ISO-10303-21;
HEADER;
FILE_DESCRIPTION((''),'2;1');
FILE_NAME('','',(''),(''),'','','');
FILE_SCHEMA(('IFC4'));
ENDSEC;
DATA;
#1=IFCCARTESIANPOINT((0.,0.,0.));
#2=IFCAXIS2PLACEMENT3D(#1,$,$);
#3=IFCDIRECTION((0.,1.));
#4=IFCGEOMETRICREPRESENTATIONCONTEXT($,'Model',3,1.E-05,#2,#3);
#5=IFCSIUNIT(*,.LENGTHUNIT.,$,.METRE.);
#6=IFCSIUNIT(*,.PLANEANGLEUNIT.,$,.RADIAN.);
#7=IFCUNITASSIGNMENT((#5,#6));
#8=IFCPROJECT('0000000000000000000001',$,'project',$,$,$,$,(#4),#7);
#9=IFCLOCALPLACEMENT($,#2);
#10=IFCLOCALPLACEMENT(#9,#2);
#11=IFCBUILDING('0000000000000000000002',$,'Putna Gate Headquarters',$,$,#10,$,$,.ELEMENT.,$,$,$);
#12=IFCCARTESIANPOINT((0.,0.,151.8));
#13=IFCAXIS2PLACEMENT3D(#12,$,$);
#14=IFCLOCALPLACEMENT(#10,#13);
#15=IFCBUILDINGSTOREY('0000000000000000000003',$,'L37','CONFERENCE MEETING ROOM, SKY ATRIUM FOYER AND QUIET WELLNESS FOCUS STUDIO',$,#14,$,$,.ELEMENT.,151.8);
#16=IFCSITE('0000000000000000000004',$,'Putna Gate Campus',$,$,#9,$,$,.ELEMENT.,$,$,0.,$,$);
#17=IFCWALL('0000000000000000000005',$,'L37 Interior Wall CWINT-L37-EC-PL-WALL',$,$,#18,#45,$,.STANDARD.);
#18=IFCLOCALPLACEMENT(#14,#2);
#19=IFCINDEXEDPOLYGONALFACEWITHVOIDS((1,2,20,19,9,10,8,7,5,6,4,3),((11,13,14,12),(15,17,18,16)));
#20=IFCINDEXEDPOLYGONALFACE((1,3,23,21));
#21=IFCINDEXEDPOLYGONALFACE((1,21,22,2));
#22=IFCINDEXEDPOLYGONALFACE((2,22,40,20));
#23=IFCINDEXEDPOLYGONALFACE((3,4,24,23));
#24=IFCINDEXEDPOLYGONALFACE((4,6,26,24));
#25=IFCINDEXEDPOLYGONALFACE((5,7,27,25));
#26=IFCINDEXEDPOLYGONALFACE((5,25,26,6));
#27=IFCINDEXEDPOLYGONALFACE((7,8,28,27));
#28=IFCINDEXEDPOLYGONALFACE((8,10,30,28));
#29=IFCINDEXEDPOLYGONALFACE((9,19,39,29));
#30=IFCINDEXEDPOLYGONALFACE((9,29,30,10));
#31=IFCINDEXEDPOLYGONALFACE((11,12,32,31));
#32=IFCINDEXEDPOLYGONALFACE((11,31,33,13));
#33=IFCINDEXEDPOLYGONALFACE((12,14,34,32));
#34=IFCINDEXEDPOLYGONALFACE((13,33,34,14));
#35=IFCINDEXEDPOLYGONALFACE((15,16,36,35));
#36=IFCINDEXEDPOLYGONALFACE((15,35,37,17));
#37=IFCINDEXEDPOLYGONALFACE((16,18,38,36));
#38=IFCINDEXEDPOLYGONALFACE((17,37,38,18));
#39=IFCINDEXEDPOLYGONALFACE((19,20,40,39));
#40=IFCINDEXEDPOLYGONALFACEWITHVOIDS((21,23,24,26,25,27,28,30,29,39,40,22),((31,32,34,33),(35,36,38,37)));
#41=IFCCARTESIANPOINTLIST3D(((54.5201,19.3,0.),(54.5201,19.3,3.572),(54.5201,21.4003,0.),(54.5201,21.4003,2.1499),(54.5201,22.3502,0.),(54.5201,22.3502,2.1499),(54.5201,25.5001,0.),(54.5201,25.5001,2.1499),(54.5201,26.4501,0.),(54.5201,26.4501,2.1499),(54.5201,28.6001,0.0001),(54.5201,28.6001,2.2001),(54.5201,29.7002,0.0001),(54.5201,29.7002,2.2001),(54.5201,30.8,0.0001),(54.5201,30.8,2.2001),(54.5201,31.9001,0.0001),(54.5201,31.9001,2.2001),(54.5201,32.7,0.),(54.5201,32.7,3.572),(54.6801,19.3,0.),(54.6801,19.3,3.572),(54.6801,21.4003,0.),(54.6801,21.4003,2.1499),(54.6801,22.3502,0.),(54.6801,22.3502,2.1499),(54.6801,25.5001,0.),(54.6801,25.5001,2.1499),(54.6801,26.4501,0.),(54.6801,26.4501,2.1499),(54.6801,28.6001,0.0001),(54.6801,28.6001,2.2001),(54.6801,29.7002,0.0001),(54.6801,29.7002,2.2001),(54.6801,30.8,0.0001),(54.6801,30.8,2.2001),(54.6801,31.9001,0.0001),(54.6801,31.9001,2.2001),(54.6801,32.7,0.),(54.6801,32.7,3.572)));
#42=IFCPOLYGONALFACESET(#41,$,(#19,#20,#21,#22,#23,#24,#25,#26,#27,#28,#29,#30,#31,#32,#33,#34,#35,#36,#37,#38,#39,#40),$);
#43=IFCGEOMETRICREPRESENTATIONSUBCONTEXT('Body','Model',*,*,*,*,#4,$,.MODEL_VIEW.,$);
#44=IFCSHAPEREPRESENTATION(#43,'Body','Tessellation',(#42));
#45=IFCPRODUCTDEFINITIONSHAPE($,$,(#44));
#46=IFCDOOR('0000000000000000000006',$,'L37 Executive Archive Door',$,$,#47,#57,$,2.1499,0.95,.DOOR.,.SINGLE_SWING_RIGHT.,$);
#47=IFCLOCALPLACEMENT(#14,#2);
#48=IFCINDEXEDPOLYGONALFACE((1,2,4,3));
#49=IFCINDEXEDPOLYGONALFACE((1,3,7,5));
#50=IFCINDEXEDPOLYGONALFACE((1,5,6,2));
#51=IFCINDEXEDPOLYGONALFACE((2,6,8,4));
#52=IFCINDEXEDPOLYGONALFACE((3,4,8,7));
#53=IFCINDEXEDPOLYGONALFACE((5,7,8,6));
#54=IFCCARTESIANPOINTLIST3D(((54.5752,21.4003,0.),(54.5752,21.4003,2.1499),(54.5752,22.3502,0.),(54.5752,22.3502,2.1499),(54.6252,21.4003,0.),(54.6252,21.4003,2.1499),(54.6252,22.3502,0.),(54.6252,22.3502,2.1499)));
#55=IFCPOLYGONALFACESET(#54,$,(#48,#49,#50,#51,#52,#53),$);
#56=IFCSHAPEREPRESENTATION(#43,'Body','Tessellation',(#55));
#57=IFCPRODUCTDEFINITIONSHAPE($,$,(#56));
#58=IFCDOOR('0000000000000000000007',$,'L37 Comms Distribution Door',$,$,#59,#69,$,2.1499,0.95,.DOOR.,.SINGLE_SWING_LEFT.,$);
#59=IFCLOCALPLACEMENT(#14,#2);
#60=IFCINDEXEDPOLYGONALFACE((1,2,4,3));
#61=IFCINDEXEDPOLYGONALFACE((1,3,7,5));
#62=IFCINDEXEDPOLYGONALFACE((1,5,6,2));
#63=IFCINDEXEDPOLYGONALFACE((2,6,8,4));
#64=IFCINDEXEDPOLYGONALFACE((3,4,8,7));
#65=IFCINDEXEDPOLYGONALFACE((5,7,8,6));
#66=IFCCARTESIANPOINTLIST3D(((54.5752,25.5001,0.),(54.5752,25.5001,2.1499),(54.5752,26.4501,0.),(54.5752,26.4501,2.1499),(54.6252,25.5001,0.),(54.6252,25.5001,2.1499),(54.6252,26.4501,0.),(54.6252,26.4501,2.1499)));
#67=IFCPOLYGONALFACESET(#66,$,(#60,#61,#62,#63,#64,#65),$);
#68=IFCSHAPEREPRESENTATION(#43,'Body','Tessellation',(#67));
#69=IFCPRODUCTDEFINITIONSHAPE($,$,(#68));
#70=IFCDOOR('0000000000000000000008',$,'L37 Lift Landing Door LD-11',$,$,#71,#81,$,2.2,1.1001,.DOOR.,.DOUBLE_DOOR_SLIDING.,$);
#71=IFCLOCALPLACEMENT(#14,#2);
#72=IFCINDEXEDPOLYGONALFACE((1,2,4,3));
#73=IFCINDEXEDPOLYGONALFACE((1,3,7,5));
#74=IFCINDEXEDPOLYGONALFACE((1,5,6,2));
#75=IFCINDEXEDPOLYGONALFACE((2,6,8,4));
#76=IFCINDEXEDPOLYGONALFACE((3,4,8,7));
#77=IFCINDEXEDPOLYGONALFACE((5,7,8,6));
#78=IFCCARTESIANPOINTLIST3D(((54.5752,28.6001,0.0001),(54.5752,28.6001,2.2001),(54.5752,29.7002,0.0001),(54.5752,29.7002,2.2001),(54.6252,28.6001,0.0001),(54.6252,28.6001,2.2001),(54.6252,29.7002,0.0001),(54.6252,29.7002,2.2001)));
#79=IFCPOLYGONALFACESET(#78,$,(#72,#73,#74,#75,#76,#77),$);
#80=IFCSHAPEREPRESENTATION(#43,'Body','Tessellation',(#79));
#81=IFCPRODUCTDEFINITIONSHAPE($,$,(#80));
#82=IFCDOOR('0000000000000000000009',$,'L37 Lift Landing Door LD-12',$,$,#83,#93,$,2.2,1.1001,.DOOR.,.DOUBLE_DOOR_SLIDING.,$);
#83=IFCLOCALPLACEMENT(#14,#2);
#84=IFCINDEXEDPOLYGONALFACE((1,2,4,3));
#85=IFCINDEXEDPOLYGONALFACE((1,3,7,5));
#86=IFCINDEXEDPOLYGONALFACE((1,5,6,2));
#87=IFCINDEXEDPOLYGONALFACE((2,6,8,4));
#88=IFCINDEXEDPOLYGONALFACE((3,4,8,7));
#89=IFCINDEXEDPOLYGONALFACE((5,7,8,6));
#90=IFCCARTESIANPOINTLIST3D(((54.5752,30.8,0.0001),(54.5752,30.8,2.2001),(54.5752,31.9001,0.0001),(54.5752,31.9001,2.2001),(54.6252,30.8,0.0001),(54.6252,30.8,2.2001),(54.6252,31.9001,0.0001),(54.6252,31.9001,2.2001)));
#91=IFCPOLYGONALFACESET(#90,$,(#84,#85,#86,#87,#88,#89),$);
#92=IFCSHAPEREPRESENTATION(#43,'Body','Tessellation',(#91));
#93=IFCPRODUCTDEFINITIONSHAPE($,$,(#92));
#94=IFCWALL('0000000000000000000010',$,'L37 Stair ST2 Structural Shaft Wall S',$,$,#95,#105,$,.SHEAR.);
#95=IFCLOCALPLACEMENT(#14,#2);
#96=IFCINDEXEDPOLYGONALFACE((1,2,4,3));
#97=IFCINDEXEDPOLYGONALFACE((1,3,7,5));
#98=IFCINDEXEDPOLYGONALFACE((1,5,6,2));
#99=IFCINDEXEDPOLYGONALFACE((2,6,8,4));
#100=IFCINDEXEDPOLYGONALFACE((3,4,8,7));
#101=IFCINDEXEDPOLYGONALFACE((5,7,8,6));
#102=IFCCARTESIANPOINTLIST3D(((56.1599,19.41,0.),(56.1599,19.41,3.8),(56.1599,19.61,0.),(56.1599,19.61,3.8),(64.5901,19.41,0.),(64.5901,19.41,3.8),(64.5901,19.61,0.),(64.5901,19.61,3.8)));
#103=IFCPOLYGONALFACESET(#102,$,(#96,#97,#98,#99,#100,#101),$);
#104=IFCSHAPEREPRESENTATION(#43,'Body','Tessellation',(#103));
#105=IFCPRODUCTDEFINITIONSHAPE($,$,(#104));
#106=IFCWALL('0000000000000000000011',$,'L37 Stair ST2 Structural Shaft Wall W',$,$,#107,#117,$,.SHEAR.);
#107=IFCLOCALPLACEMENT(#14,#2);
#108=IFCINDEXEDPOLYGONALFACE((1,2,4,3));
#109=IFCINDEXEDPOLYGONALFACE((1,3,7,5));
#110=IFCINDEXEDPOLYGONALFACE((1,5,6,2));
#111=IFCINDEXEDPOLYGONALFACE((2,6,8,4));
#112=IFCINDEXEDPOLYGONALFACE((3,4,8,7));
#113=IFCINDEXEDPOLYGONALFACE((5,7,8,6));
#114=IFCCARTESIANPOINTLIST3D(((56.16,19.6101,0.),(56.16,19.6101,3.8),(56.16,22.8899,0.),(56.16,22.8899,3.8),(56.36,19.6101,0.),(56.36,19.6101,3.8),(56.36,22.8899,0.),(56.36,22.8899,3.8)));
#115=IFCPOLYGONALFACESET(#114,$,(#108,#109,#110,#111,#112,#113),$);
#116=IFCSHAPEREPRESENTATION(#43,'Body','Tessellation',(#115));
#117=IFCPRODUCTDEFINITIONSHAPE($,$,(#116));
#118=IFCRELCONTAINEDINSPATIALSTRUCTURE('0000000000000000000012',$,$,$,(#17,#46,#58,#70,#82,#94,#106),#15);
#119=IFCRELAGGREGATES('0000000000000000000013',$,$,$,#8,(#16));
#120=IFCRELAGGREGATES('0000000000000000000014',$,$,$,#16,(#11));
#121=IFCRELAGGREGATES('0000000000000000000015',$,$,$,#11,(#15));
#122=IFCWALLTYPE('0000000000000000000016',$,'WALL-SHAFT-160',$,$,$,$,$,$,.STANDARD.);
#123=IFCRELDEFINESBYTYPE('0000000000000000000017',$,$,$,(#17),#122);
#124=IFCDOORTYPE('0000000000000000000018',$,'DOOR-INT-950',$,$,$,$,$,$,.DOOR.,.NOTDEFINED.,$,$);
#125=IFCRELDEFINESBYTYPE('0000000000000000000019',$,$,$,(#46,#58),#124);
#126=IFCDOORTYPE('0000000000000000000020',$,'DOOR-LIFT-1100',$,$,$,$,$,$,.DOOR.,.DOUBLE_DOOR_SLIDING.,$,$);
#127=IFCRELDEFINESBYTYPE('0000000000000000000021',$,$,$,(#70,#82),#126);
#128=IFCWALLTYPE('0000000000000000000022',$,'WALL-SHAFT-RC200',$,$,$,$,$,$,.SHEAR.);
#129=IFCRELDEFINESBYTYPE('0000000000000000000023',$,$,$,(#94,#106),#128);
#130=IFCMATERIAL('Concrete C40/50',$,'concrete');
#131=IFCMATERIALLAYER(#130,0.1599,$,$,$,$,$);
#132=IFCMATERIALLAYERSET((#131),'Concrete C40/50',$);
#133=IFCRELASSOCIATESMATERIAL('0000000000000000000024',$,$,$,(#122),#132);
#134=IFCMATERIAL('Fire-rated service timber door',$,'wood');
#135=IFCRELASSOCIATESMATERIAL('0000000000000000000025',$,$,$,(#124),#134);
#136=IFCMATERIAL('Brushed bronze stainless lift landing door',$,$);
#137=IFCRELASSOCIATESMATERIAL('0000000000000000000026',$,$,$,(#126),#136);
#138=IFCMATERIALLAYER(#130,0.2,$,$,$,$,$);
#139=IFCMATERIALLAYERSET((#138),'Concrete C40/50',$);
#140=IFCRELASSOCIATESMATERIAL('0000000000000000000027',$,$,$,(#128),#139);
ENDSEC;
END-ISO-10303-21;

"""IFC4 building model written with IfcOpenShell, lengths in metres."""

from ifc_helpers import new_model, si_unit, direction, frame, frame_2d, origin, place, context, subcontext, project, spatial, rectangle, extrude, material, layer, layer_set, type_object, element, fill, save


model = new_model("IFC4")

# Units and contexts
model_context = context("Model", 3, precision=1e-05, world=origin(), true_north=direction((0.0, 1.0)))
body_context = subcontext(model_context, "Body", "Model", "MODEL_VIEW")
ifc_project = project(units=[si_unit("LENGTHUNIT", "METRE"), si_unit("PLANEANGLEUNIT", "RADIAN")], contexts=[model_context])

# Site, building, storey
site_placement = place(None, origin())
site = spatial("IfcSite", under=ifc_project, at=site_placement, Name="Putna Gate Campus", CompositionType="ELEMENT", RefElevation=0.0)
building_placement = place(site_placement, origin())
building = spatial("IfcBuilding", under=site, at=building_placement, Name="Putna Gate Headquarters", CompositionType="ELEMENT")
storey_placement = place(building_placement, frame((0.0, 0.0, 151.8)))
storey = spatial("IfcBuildingStorey", under=building, at=storey_placement, Name="L37", Description="CONFERENCE MEETING ROOM, SKY ATRIUM FOYER AND QUIET WELLNESS FOCUS STUDIO", CompositionType="ELEMENT", Elevation=151.8)

# Wall, openings, doors
ifc_material_1 = material(Name="Concrete C40/50", Category="concrete")
ifc_layer_1 = layer(ifc_material_1, 0.1599)
ifc_layer_set_1 = layer_set([ifc_layer_1], Name="Concrete C40/50")
wall_type_1 = type_object("IfcWallType", Name="WALL-SHAFT-160", PredefinedType="STANDARD", material=ifc_layer_set_1)
wall_1_placement = place(storey_placement, frame((54.6001, 19.3, 0.0), z_axis=(0.0, 0.0, 1.0), x_axis=(0.0, 1.0, 0.0)))
wall_1 = element("IfcWall", 1, at=wall_1_placement, inside=storey, type_object=wall_type_1, Name="L37 Interior Wall CWINT-L37-EC-PL-WALL", PredefinedType="STANDARD", context=body_context, shape_type="SweptSolid", body=[
    extrude(rectangle(XDim=13.3999, YDim=0.1599, at=frame_2d((6.7, 0.0))), origin(), (0.0, 0.0, 1.0), 3.572),
])
opening_1_placement = place(wall_1_placement, frame((2.1001, 0.0, 0.0)))
opening_1 = element("IfcOpeningElement", 2, at=opening_1_placement, cuts=wall_1, PredefinedType="OPENING", context=body_context, shape_type="SweptSolid", body=[
    extrude(rectangle(XDim=0.95, YDim=2.1499, at=frame_2d((0.4751, 1.075))), frame((0.0, 0.0898, 0.0), z_axis=(0.0, -1.0, 0.0), x_axis=(1.0, 0.0, 0.0)), (0.0, 0.0, 1.0), 0.1799),
])
opening_2_placement = place(wall_1_placement, frame((6.2, 0.0, 0.0)))
opening_2 = element("IfcOpeningElement", 3, at=opening_2_placement, cuts=wall_1, PredefinedType="OPENING", context=body_context, shape_type="SweptSolid", body=[
    extrude(rectangle(XDim=0.95, YDim=2.1499, at=frame_2d((0.4751, 1.075))), frame((0.0, 0.0898, 0.0), z_axis=(0.0, -1.0, 0.0), x_axis=(1.0, 0.0, 0.0)), (0.0, 0.0, 1.0), 0.1799),
])
opening_3_placement = place(wall_1_placement, frame((9.3, 0.0, 0.0)))
opening_3 = element("IfcOpeningElement", 4, at=opening_3_placement, cuts=wall_1, PredefinedType="OPENING", context=body_context, shape_type="SweptSolid", body=[
    extrude(rectangle(XDim=1.1001, YDim=2.2, at=frame_2d((0.55, 1.1001))), frame((0.0, 0.0898, 0.0), z_axis=(0.0, -1.0, 0.0), x_axis=(1.0, 0.0, 0.0)), (0.0, 0.0, 1.0), 0.1799),
])
opening_4_placement = place(wall_1_placement, frame((11.5, 0.0, 0.0)))
opening_4 = element("IfcOpeningElement", 5, at=opening_4_placement, cuts=wall_1, PredefinedType="OPENING", context=body_context, shape_type="SweptSolid", body=[
    extrude(rectangle(XDim=1.1001, YDim=2.2, at=frame_2d((0.55, 1.1001))), frame((0.0, 0.0898, 0.0), z_axis=(0.0, -1.0, 0.0), x_axis=(1.0, 0.0, 0.0)), (0.0, 0.0, 1.0), 0.1799),
])
ifc_material_2 = material(Name="Fire-rated service timber door", Category="wood")
door_type_1 = type_object("IfcDoorType", Name="DOOR-INT-950", OperationType="NOTDEFINED", PredefinedType="DOOR", material=ifc_material_2)
door_1_placement = place(opening_1_placement, origin())
door_1 = element("IfcDoor", 6, at=door_1_placement, inside=storey, type_object=door_type_1, Name="L37 Executive Archive Door", OperationType="SINGLE_SWING_RIGHT", OverallHeight=2.1499, OverallWidth=0.95, PredefinedType="DOOR", context=body_context, shape_type="SweptSolid", body=[
    extrude(rectangle(XDim=0.95, YDim=2.1499, at=frame_2d((0.4751, 1.075))), frame((0.0, 0.0249, 0.0), z_axis=(0.0, -1.0, 0.0), x_axis=(1.0, 0.0, 0.0)), (0.0, 0.0, 1.0), 0.05),
])
fill(opening_1, door_1)
door_2_placement = place(opening_2_placement, origin())
door_2 = element("IfcDoor", 7, at=door_2_placement, inside=storey, type_object=door_type_1, Name="L37 Comms Distribution Door", OperationType="SINGLE_SWING_LEFT", OverallHeight=2.1499, OverallWidth=0.95, PredefinedType="DOOR", context=body_context, shape_type="SweptSolid", body=[
    extrude(rectangle(XDim=0.95, YDim=2.1499, at=frame_2d((0.4751, 1.075))), frame((0.0, 0.0249, 0.0), z_axis=(0.0, -1.0, 0.0), x_axis=(1.0, 0.0, 0.0)), (0.0, 0.0, 1.0), 0.05),
])
fill(opening_2, door_2)
ifc_material_3 = material(Name="Brushed bronze stainless lift landing door")
door_type_2 = type_object("IfcDoorType", Name="DOOR-LIFT-1100", OperationType="DOUBLE_DOOR_SLIDING", PredefinedType="DOOR", material=ifc_material_3)
door_3_placement = place(opening_3_placement, origin())
door_3 = element("IfcDoor", 8, at=door_3_placement, inside=storey, type_object=door_type_2, Name="L37 Lift Landing Door LD-11", OperationType="DOUBLE_DOOR_SLIDING", OverallHeight=2.2, OverallWidth=1.1001, PredefinedType="DOOR", context=body_context, shape_type="SweptSolid", body=[
    extrude(rectangle(XDim=1.1001, YDim=2.2, at=frame_2d((0.55, 1.1001))), frame((0.0, 0.0249, 0.0), z_axis=(0.0, -1.0, 0.0), x_axis=(1.0, 0.0, 0.0)), (0.0, 0.0, 1.0), 0.05),
])
fill(opening_3, door_3)
door_4_placement = place(opening_4_placement, origin())
door_4 = element("IfcDoor", 9, at=door_4_placement, inside=storey, type_object=door_type_2, Name="L37 Lift Landing Door LD-12", OperationType="DOUBLE_DOOR_SLIDING", OverallHeight=2.2, OverallWidth=1.1001, PredefinedType="DOOR", context=body_context, shape_type="SweptSolid", body=[
    extrude(rectangle(XDim=1.1001, YDim=2.2, at=frame_2d((0.55, 1.1001))), frame((0.0, 0.0249, 0.0), z_axis=(0.0, -1.0, 0.0), x_axis=(1.0, 0.0, 0.0)), (0.0, 0.0, 1.0), 0.05),
])
fill(opening_4, door_4)

# Walls
ifc_layer_2 = layer(ifc_material_1, 0.2)
ifc_layer_set_2 = layer_set([ifc_layer_2], Name="Concrete C40/50")
wall_type_2 = type_object("IfcWallType", Name="WALL-SHAFT-RC200", PredefinedType="SHEAR", material=ifc_layer_set_2)
wall_2_placement = place(storey_placement, frame((56.1599, 19.51, 0.0), z_axis=(0.0, 0.0, 1.0), x_axis=(1.0, 0.0, 0.0)))
element("IfcWall", 10, at=wall_2_placement, inside=storey, type_object=wall_type_2, Name="L37 Stair ST2 Structural Shaft Wall S", PredefinedType="SHEAR", context=body_context, shape_type="SweptSolid", body=[
    extrude(rectangle(XDim=8.4302, YDim=0.2, at=frame_2d((4.2151, 0.0))), origin(), (0.0, 0.0, 1.0), 3.8),
])
wall_3_placement = place(storey_placement, frame((56.26, 19.6101, 0.0), z_axis=(0.0, 0.0, 1.0), x_axis=(0.0, 1.0, 0.0)))
element("IfcWall", 11, at=wall_3_placement, inside=storey, type_object=wall_type_2, Name="L37 Stair ST2 Structural Shaft Wall W", PredefinedType="SHEAR", context=body_context, shape_type="SweptSolid", body=[
    extrude(rectangle(XDim=3.2798, YDim=0.2, at=frame_2d((1.6399, 0.0))), origin(), (0.0, 0.0, 1.0), 3.8),
])

save(model, "model.ifc")
